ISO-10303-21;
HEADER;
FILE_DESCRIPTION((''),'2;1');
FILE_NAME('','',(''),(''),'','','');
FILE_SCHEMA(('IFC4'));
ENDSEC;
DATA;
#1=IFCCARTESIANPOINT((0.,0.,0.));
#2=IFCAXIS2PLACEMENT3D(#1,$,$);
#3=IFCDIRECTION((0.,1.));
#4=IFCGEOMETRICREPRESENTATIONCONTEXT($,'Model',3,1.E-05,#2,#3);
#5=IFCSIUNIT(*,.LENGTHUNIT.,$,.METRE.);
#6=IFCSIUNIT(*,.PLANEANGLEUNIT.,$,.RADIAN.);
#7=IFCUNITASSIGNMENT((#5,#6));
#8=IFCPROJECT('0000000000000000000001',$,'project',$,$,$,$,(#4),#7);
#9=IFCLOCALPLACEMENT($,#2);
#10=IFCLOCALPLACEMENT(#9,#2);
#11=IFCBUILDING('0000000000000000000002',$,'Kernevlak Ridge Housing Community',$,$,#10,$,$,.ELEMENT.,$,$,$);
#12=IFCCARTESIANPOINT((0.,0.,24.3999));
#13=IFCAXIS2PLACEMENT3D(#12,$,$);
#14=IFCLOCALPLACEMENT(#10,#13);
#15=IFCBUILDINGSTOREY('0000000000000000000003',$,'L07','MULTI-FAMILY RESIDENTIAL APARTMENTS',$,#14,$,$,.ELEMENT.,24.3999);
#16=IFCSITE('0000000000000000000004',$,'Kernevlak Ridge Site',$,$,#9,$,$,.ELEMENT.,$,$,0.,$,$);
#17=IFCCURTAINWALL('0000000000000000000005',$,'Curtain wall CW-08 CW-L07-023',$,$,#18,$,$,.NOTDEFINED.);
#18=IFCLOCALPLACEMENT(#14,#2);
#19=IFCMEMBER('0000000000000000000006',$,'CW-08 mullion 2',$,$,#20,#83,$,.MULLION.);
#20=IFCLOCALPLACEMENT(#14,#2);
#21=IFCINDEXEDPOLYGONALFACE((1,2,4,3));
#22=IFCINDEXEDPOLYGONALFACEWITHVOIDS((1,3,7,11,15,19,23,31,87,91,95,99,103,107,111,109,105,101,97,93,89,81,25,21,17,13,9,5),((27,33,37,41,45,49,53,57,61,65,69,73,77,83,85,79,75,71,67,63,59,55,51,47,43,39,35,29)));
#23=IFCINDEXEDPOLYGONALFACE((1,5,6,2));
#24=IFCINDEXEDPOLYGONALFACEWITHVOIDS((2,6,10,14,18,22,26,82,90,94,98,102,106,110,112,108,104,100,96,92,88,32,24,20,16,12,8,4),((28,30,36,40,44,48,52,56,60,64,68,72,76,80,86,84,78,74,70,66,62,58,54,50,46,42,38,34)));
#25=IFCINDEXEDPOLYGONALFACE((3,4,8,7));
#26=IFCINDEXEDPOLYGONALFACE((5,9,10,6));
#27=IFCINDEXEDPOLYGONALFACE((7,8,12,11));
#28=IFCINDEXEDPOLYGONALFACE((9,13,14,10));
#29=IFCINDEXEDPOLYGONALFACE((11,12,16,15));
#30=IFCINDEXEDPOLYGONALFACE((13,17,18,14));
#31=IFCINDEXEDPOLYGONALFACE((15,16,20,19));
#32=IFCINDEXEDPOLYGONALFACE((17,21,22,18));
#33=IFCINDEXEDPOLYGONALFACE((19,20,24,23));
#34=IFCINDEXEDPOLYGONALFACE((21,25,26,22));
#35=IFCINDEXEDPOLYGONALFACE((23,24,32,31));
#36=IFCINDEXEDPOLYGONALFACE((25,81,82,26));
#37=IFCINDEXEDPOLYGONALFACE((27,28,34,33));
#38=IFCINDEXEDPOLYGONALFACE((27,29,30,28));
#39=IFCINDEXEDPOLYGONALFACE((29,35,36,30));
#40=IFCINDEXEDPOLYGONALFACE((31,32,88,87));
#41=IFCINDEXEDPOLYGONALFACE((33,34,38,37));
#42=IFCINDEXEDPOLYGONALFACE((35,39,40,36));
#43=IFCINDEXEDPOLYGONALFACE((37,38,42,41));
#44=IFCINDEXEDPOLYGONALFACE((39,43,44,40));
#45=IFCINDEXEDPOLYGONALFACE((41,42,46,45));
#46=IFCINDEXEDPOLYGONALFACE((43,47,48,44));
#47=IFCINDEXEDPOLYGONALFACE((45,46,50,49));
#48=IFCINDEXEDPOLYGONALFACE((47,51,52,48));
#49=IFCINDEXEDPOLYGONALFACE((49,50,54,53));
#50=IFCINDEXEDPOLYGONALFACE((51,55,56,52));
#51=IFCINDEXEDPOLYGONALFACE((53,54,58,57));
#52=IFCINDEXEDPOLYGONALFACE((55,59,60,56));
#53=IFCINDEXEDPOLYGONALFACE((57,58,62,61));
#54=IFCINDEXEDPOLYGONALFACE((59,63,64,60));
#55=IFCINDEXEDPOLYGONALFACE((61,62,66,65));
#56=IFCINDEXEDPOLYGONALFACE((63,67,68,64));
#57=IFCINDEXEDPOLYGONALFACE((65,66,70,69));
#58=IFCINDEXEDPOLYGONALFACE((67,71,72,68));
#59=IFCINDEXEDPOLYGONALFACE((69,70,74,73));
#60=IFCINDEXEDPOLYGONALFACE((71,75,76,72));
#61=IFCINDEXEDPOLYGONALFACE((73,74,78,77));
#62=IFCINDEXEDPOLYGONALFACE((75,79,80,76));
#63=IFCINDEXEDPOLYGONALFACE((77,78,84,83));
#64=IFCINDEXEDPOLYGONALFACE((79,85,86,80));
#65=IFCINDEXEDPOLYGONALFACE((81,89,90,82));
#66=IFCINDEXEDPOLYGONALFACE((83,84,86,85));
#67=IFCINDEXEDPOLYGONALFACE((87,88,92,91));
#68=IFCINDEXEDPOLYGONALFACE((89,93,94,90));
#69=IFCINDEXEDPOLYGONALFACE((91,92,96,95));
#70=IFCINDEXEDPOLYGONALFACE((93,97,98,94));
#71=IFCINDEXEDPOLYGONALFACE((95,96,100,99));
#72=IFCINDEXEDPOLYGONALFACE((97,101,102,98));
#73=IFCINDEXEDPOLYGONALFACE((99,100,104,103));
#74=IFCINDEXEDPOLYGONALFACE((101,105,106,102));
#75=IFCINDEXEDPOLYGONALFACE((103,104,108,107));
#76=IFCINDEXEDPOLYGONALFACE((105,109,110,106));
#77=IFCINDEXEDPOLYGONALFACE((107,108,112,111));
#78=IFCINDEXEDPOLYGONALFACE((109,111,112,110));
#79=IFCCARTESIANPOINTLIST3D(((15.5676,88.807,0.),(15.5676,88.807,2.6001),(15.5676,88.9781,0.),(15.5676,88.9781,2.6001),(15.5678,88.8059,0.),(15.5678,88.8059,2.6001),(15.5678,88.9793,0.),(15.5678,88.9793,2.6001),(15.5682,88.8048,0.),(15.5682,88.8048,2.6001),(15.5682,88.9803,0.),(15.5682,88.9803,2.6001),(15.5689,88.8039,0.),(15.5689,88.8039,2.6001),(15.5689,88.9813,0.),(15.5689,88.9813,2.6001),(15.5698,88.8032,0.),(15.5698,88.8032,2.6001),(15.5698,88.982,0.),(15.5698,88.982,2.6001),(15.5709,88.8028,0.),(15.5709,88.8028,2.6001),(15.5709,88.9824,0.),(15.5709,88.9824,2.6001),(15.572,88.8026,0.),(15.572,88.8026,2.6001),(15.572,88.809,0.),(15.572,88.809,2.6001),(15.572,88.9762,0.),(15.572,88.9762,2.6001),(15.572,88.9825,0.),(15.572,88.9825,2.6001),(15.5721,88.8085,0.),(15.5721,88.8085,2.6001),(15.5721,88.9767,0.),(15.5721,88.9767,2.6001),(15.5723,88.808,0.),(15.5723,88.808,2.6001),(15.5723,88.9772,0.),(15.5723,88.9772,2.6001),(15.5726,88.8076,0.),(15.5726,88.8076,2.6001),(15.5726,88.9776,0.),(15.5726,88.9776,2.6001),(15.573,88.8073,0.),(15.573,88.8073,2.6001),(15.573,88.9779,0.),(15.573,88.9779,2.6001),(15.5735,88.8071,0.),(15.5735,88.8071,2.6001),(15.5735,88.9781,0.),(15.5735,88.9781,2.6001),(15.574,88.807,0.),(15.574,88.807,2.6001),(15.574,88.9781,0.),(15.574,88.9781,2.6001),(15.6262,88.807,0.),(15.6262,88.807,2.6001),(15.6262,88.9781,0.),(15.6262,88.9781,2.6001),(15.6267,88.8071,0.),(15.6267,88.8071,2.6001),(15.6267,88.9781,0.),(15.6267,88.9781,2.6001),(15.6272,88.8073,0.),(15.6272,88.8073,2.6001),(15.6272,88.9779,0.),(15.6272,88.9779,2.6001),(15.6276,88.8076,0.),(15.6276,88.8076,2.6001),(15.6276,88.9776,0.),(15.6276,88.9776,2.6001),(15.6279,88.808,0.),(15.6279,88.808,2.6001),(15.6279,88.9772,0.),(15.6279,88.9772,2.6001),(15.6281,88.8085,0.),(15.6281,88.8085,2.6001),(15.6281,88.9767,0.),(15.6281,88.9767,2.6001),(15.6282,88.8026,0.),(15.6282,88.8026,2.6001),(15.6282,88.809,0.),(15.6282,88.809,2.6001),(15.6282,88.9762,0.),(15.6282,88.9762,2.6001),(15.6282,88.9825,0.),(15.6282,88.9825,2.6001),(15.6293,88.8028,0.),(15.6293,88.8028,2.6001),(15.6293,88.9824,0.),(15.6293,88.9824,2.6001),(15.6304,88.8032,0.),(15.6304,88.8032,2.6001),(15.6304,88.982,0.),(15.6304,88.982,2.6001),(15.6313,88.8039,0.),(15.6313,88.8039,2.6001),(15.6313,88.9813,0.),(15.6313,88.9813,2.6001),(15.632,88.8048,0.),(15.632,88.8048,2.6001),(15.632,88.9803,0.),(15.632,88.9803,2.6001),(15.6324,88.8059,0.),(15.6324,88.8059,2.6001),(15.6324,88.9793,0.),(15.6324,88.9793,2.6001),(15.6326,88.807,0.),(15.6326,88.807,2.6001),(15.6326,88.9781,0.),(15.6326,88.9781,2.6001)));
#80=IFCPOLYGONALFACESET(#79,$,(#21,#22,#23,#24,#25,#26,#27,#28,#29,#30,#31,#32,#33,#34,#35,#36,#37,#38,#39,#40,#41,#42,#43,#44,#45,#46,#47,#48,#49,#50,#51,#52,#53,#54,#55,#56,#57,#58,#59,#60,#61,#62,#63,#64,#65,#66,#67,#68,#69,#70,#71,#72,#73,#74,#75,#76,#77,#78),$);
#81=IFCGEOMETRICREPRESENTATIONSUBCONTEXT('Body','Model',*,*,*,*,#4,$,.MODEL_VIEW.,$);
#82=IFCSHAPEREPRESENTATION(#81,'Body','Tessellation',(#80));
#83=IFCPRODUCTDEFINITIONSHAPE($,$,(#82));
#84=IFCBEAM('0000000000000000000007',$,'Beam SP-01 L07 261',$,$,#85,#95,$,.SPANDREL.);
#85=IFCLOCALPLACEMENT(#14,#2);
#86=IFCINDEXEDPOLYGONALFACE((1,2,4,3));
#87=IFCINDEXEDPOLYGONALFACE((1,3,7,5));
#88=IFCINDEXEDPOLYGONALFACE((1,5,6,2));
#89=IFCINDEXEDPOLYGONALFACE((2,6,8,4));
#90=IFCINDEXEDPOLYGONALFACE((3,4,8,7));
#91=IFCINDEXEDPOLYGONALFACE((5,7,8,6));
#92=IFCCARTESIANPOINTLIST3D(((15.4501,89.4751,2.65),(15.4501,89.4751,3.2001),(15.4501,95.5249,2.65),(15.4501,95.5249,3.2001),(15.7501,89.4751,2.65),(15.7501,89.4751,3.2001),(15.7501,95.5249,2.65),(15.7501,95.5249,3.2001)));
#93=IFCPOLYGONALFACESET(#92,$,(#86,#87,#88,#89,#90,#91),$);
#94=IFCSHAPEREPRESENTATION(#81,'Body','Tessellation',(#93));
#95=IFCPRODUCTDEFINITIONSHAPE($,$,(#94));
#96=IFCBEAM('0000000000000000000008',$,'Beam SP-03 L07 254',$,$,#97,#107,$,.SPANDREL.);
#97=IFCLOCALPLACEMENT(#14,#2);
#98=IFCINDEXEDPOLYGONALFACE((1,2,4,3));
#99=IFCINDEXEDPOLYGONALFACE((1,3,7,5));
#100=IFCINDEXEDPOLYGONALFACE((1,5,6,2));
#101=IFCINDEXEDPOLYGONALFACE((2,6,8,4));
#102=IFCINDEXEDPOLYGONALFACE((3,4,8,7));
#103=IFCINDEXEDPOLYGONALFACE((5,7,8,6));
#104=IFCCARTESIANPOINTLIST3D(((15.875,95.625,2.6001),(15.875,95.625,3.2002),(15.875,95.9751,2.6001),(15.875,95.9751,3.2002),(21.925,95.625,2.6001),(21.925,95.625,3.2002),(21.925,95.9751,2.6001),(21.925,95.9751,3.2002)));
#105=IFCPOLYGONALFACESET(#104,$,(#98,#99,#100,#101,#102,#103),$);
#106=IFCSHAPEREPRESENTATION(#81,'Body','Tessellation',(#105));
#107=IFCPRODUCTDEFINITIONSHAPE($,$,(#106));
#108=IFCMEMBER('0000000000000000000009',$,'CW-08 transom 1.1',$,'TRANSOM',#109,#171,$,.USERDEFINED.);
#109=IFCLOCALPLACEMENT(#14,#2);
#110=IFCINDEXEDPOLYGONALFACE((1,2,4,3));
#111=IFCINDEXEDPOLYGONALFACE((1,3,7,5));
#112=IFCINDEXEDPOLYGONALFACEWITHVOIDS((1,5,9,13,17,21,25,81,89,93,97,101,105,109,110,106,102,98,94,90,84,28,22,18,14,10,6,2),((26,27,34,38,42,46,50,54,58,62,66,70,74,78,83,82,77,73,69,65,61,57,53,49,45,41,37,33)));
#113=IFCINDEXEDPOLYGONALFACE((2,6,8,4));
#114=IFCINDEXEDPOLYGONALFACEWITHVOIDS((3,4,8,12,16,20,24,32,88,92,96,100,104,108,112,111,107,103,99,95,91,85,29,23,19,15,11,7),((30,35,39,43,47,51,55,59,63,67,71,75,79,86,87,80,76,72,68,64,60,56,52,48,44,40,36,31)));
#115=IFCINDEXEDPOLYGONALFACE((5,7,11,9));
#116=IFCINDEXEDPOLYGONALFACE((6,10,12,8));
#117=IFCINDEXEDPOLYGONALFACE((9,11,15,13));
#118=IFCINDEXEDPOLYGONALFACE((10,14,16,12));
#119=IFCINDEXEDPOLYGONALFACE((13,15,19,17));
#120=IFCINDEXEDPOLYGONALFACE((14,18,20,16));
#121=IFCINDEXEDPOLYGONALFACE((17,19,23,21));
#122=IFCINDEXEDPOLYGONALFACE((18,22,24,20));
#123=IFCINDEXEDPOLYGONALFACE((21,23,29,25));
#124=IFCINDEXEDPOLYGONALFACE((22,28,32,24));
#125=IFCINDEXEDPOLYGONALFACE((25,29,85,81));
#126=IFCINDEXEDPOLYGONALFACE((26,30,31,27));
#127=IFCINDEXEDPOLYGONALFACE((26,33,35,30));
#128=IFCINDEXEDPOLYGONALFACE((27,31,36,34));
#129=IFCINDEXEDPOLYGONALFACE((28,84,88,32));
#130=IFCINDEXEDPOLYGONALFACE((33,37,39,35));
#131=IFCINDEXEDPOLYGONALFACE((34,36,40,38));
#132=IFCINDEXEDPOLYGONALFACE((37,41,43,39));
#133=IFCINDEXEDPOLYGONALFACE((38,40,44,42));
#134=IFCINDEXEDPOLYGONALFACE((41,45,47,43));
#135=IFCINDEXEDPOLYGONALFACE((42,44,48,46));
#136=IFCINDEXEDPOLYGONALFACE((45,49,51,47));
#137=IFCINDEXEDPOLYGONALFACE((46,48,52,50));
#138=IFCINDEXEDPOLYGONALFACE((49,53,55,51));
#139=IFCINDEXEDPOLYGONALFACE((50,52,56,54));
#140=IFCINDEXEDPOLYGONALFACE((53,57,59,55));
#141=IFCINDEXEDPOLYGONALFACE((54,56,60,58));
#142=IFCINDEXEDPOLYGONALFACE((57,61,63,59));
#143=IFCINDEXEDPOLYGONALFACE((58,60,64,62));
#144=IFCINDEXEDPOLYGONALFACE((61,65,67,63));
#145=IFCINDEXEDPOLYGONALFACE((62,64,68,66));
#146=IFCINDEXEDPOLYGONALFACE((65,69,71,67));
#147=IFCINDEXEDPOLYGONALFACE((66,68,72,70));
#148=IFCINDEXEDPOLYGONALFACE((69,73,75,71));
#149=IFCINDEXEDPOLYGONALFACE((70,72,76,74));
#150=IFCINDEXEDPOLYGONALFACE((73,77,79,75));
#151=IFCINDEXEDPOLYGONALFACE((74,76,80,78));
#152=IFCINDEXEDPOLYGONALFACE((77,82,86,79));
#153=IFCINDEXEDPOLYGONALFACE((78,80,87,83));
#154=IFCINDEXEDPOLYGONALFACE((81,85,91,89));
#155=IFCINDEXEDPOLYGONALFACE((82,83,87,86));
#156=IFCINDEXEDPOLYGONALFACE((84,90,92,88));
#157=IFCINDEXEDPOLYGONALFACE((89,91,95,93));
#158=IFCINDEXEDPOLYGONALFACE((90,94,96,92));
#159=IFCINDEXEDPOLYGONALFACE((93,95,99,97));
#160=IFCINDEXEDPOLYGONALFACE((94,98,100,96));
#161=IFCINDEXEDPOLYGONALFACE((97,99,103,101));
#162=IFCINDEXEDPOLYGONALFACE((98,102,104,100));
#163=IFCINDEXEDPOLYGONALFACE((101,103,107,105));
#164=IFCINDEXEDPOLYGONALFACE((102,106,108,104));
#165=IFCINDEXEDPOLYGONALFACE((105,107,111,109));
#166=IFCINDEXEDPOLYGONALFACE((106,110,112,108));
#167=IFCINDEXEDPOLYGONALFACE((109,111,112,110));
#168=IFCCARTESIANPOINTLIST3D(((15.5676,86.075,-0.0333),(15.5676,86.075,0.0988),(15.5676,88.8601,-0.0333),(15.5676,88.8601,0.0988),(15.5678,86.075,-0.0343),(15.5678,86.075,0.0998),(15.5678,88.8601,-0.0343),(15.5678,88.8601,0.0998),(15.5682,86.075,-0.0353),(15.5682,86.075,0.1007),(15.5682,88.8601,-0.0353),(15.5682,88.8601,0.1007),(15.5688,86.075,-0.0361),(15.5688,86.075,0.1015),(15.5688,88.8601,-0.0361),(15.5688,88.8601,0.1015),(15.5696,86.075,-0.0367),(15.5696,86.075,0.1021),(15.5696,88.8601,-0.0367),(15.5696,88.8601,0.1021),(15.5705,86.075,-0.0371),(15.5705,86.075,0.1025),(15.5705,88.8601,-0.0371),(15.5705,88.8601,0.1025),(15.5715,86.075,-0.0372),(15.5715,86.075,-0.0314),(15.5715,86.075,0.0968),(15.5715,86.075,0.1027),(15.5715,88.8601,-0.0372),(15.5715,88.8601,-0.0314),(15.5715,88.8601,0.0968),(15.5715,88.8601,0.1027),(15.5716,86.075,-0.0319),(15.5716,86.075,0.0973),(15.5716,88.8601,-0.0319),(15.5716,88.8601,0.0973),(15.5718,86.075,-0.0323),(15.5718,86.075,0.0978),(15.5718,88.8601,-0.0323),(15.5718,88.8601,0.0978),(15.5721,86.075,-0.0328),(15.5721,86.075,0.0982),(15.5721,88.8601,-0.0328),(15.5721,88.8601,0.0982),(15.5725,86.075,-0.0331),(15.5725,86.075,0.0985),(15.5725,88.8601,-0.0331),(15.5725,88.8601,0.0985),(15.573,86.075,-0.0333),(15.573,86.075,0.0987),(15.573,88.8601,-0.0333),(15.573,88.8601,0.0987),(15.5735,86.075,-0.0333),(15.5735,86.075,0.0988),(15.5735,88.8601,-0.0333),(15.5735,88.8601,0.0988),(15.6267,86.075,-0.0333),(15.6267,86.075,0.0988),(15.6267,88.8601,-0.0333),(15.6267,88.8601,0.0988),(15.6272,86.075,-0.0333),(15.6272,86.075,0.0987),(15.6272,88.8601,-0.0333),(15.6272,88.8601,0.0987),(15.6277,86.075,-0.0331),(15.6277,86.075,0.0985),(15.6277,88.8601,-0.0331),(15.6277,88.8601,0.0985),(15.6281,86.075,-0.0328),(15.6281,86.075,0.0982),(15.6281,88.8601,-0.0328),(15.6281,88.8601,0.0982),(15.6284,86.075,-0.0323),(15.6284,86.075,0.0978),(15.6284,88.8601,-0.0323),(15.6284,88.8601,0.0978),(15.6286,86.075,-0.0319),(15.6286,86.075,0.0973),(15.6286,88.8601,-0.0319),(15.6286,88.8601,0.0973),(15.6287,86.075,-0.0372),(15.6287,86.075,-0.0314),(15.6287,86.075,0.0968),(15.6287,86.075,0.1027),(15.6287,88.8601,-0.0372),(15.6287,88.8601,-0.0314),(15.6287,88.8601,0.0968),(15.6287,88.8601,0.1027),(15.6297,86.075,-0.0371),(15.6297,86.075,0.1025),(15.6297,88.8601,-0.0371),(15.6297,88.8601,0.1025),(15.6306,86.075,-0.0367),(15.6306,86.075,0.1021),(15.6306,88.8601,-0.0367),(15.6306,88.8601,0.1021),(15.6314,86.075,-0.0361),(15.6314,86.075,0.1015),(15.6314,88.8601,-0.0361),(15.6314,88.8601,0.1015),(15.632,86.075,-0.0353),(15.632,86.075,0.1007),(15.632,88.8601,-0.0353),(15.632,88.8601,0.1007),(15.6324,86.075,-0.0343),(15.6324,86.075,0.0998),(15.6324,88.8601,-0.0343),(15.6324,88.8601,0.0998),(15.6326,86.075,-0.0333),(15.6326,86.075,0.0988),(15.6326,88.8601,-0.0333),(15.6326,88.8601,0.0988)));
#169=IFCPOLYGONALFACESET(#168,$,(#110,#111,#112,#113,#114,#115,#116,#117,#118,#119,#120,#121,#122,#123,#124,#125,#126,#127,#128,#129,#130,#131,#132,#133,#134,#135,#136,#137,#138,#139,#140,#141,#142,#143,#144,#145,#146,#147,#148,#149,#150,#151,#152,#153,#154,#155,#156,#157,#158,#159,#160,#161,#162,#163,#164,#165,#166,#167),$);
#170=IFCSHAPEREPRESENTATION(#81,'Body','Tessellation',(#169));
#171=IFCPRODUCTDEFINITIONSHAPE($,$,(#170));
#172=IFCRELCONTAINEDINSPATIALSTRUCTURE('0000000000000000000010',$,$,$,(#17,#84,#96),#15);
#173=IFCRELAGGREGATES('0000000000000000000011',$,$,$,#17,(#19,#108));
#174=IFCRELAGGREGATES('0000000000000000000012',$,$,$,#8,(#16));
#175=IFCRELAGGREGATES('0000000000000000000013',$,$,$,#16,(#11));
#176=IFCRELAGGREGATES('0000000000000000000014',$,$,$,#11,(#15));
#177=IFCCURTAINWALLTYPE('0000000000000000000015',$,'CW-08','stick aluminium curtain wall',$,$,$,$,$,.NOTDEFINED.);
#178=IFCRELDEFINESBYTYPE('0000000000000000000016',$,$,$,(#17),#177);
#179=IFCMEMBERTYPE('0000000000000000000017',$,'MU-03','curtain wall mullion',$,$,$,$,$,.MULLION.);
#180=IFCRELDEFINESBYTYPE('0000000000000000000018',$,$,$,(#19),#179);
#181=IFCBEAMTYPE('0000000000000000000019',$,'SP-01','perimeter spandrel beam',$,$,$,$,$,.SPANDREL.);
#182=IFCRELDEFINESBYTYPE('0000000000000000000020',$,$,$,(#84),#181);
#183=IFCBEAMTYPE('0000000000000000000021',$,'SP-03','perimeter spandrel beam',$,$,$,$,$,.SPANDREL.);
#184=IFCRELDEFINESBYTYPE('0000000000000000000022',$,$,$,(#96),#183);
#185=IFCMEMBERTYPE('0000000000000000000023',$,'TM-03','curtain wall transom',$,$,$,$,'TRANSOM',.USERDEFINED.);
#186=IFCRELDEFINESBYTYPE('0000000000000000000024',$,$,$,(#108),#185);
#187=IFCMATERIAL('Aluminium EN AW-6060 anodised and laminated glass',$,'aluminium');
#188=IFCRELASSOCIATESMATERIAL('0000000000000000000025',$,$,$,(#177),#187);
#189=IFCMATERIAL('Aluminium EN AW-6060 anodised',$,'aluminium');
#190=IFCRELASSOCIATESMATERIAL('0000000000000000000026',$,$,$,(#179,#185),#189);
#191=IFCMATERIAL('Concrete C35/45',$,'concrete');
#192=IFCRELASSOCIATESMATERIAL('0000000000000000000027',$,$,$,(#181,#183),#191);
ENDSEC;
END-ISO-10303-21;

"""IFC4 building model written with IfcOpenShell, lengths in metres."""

from ifc_helpers import new_model, si_unit, direction, frame, origin, origin_2d, place, context, subcontext, project, spatial, rectangle, hollow_rectangle, extrude, material, material_profile, profile_set, type_object, element, aggregate, save


model = new_model("IFC4")

# Units and contexts
model_context = context("Model", 3, precision=1e-05, world=origin(), true_north=direction((0.0, 1.0)))
body_context = subcontext(model_context, "Body", "Model", "MODEL_VIEW")
ifc_project = project(units=[si_unit("LENGTHUNIT", "METRE"), si_unit("PLANEANGLEUNIT", "RADIAN")], contexts=[model_context])

# Site, building, storey
site_placement = place(None, origin())
site = spatial("IfcSite", under=ifc_project, at=site_placement, Name="Kernevlak Ridge Site", CompositionType="ELEMENT", RefElevation=0.0)
building_placement = place(site_placement, origin())
building = spatial("IfcBuilding", under=site, at=building_placement, Name="Kernevlak Ridge Housing Community", CompositionType="ELEMENT")
storey_placement = place(building_placement, frame((0.0, 0.0, 24.3999)))
storey = spatial("IfcBuildingStorey", under=building, at=storey_placement, Name="L07", Description="MULTI-FAMILY RESIDENTIAL APARTMENTS", CompositionType="ELEMENT", Elevation=24.3999)

# Shared definitions
ifc_material_1 = material(Name="Concrete C35/45", Category="concrete")

# Shared definitions
ifc_material_2 = material(Name="Aluminium EN AW-6060 anodised and laminated glass", Category="aluminium")
ifc_material_3 = material(Name="Aluminium EN AW-6060 anodised", Category="aluminium")

# Curtain wall, member
curtain_wall_type_1 = type_object("IfcCurtainWallType", Name="CW-08", Description="stick aluminium curtain wall", PredefinedType="NOTDEFINED", material=ifc_material_2)
curtain_wall_1_placement = place(storey_placement, origin())
curtain_wall_1 = element("IfcCurtainWall", 1, at=curtain_wall_1_placement, inside=storey, type_object=curtain_wall_type_1, Name="Curtain wall CW-08 CW-L07-023", PredefinedType="NOTDEFINED")
ifc_material_profile_1 = material_profile(ifc_material_3, hollow_rectangle(XDim=0.0649, YDim=0.1799, WallThickness=0.0044, InnerFilletRadius=0.002, OuterFilletRadius=0.0044, at=origin_2d()), Name="ALU 65x180x4.5")
ifc_profile_set_1 = profile_set([ifc_material_profile_1], Name="Aluminium EN AW-6060 anodised")
member_type_1 = type_object("IfcMemberType", Name="MU-03", Description="curtain wall mullion", PredefinedType="MULLION", material=ifc_profile_set_1)
member_1_placement = place(storey_placement, frame((15.6001, 88.8926, 0.0), z_axis=(0.0, 0.0, 1.0), x_axis=(-1.0, 0.0, 0.0)))
member_1 = element("IfcMember", 2, at=member_1_placement, type_object=member_type_1, Name="CW-08 mullion 2", PredefinedType="MULLION", context=body_context, shape_type="SweptSolid", body=[
    extrude(hollow_rectangle(XDim=0.0649, YDim=0.1799, WallThickness=0.0044, InnerFilletRadius=0.002, OuterFilletRadius=0.0044, at=origin_2d()), origin(), (0.0, 0.0, 1.0), 2.6001),
])

# Beams
ifc_material_profile_2 = material_profile(ifc_material_1, rectangle(XDim=0.3, YDim=0.55, at=origin_2d()), Name="RC 300x550")
ifc_profile_set_2 = profile_set([ifc_material_profile_2], Name="Concrete C35/45")
beam_type_1 = type_object("IfcBeamType", Name="SP-01", Description="perimeter spandrel beam", PredefinedType="SPANDREL", material=ifc_profile_set_2)
beam_1_placement = place(storey_placement, frame((15.6001, 89.4751, 2.925), z_axis=(0.0, 1.0, 0.0), x_axis=(-1.0, 0.0, 0.0)))
element("IfcBeam", 3, at=beam_1_placement, inside=storey, type_object=beam_type_1, Name="Beam SP-01 L07 261", PredefinedType="SPANDREL", context=body_context, shape_type="SweptSolid", body=[
    extrude(rectangle(XDim=0.3, YDim=0.55, at=origin_2d()), origin(), (0.0, 0.0, 1.0), 6.0498),
])
ifc_material_profile_3 = material_profile(ifc_material_1, rectangle(XDim=0.3501, YDim=0.6001, at=origin_2d()), Name="RC 350x600")
ifc_profile_set_3 = profile_set([ifc_material_profile_3], Name="Concrete C35/45")
beam_type_2 = type_object("IfcBeamType", Name="SP-03", Description="perimeter spandrel beam", PredefinedType="SPANDREL", material=ifc_profile_set_3)
beam_2_placement = place(storey_placement, frame((15.875, 95.8, 2.9001), z_axis=(1.0, 0.0, 0.0), x_axis=(0.0, 1.0, 0.0)))
element("IfcBeam", 4, at=beam_2_placement, inside=storey, type_object=beam_type_2, Name="Beam SP-03 L07 254", PredefinedType="SPANDREL", context=body_context, shape_type="SweptSolid", body=[
    extrude(rectangle(XDim=0.3501, YDim=0.6001, at=origin_2d()), origin(), (0.0, 0.0, 1.0), 6.05),
])

# Member
ifc_material_profile_4 = material_profile(ifc_material_3, hollow_rectangle(XDim=0.0649, YDim=0.1399, WallThickness=0.0039, InnerFilletRadius=0.002, OuterFilletRadius=0.0039, at=origin_2d()), Name="ALU 65x140x4")
ifc_profile_set_4 = profile_set([ifc_material_profile_4], Name="Aluminium EN AW-6060 anodised")
member_type_2 = type_object("IfcMemberType", Name="TM-03", Description="curtain wall transom", ElementType="TRANSOM", PredefinedType="USERDEFINED", material=ifc_profile_set_4)
member_2_placement = place(storey_placement, frame((15.6001, 86.075, 0.0327), z_axis=(0.0, 1.0, 0.0), x_axis=(-1.0, 0.0, 0.0)))
member_2 = element("IfcMember", 5, at=member_2_placement, type_object=member_type_2, Name="CW-08 transom 1.1", ObjectType="TRANSOM", PredefinedType="USERDEFINED", context=body_context, shape_type="SweptSolid", body=[
    extrude(hollow_rectangle(XDim=0.0649, YDim=0.1399, WallThickness=0.0039, InnerFilletRadius=0.002, OuterFilletRadius=0.0039, at=origin_2d()), origin(), (0.0, 0.0, 1.0), 2.7852),
])

aggregate(curtain_wall_1, [member_1, member_2])

save(model, "model.ifc")
